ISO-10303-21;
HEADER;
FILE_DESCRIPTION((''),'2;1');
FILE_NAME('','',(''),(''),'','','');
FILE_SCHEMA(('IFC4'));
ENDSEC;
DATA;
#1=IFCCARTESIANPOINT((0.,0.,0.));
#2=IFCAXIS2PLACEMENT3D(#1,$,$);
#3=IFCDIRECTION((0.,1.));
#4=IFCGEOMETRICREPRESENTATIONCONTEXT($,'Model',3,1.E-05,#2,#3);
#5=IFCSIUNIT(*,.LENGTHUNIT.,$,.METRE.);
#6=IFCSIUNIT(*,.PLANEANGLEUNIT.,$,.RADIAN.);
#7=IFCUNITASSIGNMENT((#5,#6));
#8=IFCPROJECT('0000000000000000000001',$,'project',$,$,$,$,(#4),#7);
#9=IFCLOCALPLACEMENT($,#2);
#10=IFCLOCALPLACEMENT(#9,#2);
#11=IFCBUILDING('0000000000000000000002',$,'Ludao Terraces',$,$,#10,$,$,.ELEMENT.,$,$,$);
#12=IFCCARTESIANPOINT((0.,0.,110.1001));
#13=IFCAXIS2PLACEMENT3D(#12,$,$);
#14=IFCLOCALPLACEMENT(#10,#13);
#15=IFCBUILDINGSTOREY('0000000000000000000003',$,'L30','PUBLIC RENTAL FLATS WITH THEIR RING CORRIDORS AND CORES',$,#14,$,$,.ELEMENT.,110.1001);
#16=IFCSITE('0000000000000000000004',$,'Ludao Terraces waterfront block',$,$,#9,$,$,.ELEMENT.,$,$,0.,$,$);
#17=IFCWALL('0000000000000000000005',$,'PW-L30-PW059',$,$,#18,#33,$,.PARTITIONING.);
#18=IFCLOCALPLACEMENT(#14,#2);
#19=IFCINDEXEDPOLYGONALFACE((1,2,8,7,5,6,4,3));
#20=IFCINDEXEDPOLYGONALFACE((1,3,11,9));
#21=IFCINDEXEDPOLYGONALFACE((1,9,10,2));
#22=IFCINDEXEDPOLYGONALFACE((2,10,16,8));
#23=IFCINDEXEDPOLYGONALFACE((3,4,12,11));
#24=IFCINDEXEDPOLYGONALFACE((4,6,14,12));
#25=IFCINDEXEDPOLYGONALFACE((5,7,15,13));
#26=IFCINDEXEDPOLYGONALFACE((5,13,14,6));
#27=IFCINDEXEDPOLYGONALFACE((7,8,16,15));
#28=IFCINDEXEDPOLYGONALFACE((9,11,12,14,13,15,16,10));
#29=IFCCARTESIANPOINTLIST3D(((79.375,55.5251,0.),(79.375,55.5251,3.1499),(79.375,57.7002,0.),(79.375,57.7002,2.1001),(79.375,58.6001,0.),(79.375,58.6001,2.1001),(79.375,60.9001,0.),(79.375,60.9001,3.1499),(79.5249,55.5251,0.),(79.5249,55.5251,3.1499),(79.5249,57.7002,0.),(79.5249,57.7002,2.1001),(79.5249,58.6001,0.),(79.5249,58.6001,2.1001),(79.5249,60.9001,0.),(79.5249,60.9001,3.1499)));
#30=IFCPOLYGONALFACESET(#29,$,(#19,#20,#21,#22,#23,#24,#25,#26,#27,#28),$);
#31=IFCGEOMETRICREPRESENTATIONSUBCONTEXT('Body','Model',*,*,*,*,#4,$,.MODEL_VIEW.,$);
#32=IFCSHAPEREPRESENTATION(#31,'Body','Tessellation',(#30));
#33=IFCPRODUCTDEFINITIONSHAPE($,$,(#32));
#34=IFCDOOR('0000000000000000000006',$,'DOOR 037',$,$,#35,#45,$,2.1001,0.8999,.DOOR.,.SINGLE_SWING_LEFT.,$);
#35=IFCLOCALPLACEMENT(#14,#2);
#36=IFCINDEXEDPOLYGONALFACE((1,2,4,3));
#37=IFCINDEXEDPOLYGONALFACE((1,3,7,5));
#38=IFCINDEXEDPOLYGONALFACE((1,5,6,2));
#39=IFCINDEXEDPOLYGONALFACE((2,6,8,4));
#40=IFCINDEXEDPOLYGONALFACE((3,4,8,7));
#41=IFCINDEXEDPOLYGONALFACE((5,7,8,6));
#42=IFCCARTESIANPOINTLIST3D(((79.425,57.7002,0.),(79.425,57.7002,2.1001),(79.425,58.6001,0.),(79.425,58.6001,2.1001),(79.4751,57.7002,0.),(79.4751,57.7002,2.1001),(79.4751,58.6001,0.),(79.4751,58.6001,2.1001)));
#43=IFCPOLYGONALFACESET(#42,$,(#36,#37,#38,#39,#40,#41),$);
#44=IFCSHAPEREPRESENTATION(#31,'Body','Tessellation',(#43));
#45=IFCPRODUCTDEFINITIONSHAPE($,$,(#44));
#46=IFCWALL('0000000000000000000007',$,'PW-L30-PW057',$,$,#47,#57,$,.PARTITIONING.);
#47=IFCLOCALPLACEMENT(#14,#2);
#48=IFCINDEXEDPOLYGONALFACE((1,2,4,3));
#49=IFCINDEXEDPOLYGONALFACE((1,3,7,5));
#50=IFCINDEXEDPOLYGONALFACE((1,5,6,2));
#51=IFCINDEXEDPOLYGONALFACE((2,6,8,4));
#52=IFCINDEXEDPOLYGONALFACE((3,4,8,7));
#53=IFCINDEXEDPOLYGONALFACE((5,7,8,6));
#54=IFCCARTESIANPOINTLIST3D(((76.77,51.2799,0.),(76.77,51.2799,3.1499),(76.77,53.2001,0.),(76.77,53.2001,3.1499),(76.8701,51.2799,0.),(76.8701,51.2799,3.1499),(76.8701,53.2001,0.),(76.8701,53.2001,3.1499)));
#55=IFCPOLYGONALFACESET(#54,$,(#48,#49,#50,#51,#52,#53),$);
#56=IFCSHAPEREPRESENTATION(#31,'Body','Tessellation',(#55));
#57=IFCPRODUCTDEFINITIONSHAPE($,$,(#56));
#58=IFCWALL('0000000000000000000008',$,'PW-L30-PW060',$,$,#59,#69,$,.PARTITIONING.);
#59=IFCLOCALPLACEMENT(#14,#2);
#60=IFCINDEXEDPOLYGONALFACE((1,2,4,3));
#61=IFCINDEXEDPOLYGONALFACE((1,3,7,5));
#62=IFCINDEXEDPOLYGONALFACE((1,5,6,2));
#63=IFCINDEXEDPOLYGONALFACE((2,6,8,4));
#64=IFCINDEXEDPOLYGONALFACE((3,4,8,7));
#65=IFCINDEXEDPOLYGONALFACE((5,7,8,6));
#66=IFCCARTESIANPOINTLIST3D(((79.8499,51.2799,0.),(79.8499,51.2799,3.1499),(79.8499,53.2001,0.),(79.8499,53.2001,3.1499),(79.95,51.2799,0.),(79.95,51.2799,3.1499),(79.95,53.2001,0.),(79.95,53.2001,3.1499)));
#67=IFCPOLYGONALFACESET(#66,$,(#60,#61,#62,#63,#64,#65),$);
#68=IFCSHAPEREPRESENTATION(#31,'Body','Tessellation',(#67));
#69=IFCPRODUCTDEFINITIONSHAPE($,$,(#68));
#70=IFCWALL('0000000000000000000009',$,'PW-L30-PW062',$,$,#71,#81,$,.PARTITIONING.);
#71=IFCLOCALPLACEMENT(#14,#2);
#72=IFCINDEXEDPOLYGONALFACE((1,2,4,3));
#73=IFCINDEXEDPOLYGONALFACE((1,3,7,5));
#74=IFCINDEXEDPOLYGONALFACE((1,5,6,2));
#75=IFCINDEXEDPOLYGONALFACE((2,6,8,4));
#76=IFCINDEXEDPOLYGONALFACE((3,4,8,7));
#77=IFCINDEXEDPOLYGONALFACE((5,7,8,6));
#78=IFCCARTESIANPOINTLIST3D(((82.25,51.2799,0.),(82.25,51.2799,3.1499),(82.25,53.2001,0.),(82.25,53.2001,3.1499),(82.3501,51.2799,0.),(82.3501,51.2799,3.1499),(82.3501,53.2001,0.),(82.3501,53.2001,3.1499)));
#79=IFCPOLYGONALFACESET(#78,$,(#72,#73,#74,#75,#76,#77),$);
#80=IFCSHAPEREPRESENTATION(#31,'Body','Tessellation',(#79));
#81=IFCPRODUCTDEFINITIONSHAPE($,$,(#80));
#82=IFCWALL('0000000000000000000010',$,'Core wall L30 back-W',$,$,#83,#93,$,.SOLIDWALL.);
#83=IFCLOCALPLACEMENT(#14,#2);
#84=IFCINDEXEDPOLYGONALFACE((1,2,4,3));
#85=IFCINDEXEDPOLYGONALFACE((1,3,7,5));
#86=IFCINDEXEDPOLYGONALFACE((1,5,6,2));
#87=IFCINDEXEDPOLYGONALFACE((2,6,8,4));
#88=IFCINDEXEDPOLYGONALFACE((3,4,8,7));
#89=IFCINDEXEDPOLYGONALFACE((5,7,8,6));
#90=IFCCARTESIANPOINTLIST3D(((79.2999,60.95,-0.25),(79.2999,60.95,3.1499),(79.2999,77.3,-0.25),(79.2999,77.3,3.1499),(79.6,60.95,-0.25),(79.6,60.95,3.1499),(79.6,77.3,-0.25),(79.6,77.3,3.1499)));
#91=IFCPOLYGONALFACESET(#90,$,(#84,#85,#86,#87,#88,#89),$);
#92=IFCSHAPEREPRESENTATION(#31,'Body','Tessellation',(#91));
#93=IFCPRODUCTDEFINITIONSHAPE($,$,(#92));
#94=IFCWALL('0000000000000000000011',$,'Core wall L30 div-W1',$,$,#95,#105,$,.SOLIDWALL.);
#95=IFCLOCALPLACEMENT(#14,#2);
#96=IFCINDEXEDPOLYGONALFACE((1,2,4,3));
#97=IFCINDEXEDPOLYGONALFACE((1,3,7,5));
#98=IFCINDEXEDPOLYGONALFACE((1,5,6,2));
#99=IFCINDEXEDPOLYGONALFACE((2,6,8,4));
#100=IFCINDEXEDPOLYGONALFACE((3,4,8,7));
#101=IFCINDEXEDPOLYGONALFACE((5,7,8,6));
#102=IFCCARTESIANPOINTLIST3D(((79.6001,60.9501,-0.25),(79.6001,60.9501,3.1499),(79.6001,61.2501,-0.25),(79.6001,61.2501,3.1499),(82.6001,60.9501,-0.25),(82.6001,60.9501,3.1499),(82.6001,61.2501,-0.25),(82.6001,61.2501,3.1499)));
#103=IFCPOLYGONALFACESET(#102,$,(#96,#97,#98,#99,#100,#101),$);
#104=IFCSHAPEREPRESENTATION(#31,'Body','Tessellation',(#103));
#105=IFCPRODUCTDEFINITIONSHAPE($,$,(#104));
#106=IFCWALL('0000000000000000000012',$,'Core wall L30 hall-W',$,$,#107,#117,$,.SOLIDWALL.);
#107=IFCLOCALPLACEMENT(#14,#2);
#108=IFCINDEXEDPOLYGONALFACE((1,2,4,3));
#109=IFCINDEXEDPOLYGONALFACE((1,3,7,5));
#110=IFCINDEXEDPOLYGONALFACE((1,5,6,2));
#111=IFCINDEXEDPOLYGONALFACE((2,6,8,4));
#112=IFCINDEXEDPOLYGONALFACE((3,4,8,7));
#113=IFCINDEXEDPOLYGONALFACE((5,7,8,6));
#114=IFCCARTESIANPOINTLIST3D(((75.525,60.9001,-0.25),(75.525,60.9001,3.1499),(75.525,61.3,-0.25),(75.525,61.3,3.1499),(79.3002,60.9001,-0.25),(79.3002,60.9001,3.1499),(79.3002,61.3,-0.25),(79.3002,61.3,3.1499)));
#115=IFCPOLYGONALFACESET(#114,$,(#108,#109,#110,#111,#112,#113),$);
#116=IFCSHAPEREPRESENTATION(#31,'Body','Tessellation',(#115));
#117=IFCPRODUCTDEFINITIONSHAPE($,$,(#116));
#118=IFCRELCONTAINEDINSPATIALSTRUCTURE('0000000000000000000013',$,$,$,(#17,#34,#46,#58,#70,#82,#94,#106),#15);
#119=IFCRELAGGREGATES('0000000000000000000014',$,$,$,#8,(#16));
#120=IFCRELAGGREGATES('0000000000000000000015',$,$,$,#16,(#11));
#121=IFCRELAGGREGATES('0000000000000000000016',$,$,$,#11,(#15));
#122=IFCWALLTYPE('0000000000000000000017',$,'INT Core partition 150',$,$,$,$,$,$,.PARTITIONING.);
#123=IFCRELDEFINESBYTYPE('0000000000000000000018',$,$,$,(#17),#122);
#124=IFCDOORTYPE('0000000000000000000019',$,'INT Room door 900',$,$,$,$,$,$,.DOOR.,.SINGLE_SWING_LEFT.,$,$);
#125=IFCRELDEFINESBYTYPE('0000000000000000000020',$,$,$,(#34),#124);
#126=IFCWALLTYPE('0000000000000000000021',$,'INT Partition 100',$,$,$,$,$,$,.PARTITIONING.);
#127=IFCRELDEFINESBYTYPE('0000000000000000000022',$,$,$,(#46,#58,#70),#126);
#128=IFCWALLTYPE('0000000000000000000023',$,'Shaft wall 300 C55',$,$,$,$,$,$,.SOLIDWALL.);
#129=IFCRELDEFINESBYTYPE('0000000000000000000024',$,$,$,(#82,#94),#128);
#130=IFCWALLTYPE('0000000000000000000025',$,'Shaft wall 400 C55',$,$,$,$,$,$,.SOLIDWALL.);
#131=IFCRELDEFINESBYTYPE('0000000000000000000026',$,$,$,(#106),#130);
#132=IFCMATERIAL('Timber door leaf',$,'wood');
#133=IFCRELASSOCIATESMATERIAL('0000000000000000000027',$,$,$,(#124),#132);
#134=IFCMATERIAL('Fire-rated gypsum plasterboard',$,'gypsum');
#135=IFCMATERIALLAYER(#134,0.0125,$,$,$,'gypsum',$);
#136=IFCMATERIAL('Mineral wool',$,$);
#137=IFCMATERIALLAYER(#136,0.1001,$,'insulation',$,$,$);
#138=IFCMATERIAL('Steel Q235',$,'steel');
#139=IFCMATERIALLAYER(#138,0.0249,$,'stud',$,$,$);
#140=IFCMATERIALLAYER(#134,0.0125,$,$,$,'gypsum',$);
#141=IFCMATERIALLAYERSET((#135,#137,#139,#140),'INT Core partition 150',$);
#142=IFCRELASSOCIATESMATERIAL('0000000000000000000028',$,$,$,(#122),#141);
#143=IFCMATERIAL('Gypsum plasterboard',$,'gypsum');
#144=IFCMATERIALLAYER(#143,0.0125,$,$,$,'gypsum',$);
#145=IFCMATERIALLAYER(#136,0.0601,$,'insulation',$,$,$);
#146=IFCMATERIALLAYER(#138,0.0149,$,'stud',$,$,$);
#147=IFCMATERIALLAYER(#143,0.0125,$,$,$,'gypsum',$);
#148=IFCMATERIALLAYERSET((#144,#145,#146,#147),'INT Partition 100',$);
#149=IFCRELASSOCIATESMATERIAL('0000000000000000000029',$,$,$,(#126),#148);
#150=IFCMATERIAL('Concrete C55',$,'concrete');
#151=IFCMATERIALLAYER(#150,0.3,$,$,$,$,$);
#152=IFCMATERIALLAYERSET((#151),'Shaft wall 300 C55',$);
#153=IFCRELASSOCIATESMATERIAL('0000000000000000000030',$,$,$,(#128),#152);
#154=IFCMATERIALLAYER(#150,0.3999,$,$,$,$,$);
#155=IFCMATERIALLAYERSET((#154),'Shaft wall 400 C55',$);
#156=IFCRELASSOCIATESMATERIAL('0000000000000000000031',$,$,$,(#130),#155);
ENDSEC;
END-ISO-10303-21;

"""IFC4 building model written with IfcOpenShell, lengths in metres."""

from ifc_helpers import new_model, si_unit, direction, frame, frame_2d, origin, place, context, subcontext, project, spatial, rectangle, extrude, material, layer, layer_set, type_object, element, fill, save


model = new_model("IFC4")

# Units and contexts
model_context = context("Model", 3, precision=1e-05, world=origin(), true_north=direction((0.0, 1.0)))
body_context = subcontext(model_context, "Body", "Model", "MODEL_VIEW")
ifc_project = project(units=[si_unit("LENGTHUNIT", "METRE"), si_unit("PLANEANGLEUNIT", "RADIAN")], contexts=[model_context])

# Site, building, storey
site_placement = place(None, origin())
site = spatial("IfcSite", under=ifc_project, at=site_placement, Name="Ludao Terraces waterfront block", CompositionType="ELEMENT", RefElevation=0.0)
building_placement = place(site_placement, origin())
building = spatial("IfcBuilding", under=site, at=building_placement, Name="Ludao Terraces", CompositionType="ELEMENT")
storey_placement = place(building_placement, frame((0.0, 0.0, 110.1001)))
storey = spatial("IfcBuildingStorey", under=building, at=storey_placement, Name="L30", Description="PUBLIC RENTAL FLATS WITH THEIR RING CORRIDORS AND CORES", CompositionType="ELEMENT", Elevation=110.1001)

# Shared definitions
ifc_material_1 = material(Name="Steel Q235", Category="steel")
ifc_material_2 = material(Name="Timber door leaf", Category="wood")
door_type_1 = type_object("IfcDoorType", Name="INT Room door 900", OperationType="SINGLE_SWING_LEFT", PredefinedType="DOOR", material=ifc_material_2)

# Wall, opening, door
ifc_material_3 = material(Name="Fire-rated gypsum plasterboard", Category="gypsum")
ifc_layer_1 = layer(ifc_material_3, 0.0125, Category="gypsum")
ifc_material_4 = material(Name="Mineral wool")
ifc_layer_2 = layer(ifc_material_4, 0.1001, Name="insulation")
ifc_layer_3 = layer(ifc_material_1, 0.0249, Name="stud")
ifc_layer_4 = layer(ifc_material_3, 0.0125, Category="gypsum")
ifc_layer_set_1 = layer_set([ifc_layer_1, ifc_layer_2, ifc_layer_3, ifc_layer_4], Name="INT Core partition 150")
wall_type_1 = type_object("IfcWallType", Name="INT Core partition 150", PredefinedType="PARTITIONING", material=ifc_layer_set_1)
wall_1_placement = place(storey_placement, frame((79.45, 55.5251, 0.0), z_axis=(0.0, 0.0, 1.0), x_axis=(0.0, 1.0, 0.0)))
wall_1 = element("IfcWall", 1, at=wall_1_placement, inside=storey, type_object=wall_type_1, Name="PW-L30-PW059", PredefinedType="PARTITIONING", context=body_context, shape_type="SweptSolid", body=[
    extrude(rectangle(XDim=5.375, YDim=0.1499, at=frame_2d((2.6875, 0.0))), origin(), (0.0, 0.0, 1.0), 3.1499),
])
opening_1_placement = place(wall_1_placement, frame((2.175, 0.0, 0.0)))
opening_1 = element("IfcOpeningElement", 2, at=opening_1_placement, cuts=wall_1, PredefinedType="OPENING", context=body_context, shape_type="SweptSolid", body=[
    extrude(rectangle(XDim=0.8999, YDim=2.1001, at=frame_2d((0.45, 1.05))), frame((0.0, 0.085, 0.0), z_axis=(0.0, -1.0, 0.0), x_axis=(1.0, 0.0, 0.0)), (0.0, 0.0, 1.0), 0.1699),
])
door_1_placement = place(opening_1_placement, origin())
door_1 = element("IfcDoor", 3, at=door_1_placement, inside=storey, type_object=door_type_1, Name="DOOR 037", OperationType="SINGLE_SWING_LEFT", OverallHeight=2.1001, OverallWidth=0.8999, PredefinedType="DOOR", context=body_context, shape_type="SweptSolid", body=[
    extrude(rectangle(XDim=0.8999, YDim=2.1001, at=frame_2d((0.45, 1.05))), frame((0.0, 0.0249, 0.0), z_axis=(0.0, -1.0, 0.0), x_axis=(1.0, 0.0, 0.0)), (0.0, 0.0, 1.0), 0.05),
])
fill(opening_1, door_1)

# Walls
ifc_material_5 = material(Name="Gypsum plasterboard", Category="gypsum")
ifc_layer_5 = layer(ifc_material_5, 0.0125, Category="gypsum")
ifc_layer_6 = layer(ifc_material_4, 0.0601, Name="insulation")
ifc_layer_7 = layer(ifc_material_1, 0.0149, Name="stud")
ifc_layer_8 = layer(ifc_material_5, 0.0125, Category="gypsum")
ifc_layer_set_2 = layer_set([ifc_layer_5, ifc_layer_6, ifc_layer_7, ifc_layer_8], Name="INT Partition 100")
wall_type_2 = type_object("IfcWallType", Name="INT Partition 100", PredefinedType="PARTITIONING", material=ifc_layer_set_2)
for number, where, z_axis, x_axis, name in (
    (4, (76.8201, 51.28, 0.0), (0.0, 0.0, 1.0), (0.0, 1.0, 0.0), "PW-L30-PW057"),
    (5, (79.8999, 51.28, 0.0), (0.0, 0.0, 1.0), (0.0, 1.0, 0.0), "PW-L30-PW060"),
    (6, (82.3, 51.28, 0.0), (0.0, 0.0, 1.0), (0.0, 1.0, 0.0), "PW-L30-PW062"),
):
    element("IfcWall", number, at=place(storey_placement, frame(where, z_axis=z_axis, x_axis=x_axis)), inside=storey, type_object=wall_type_2, Name=name, PredefinedType="PARTITIONING", context=body_context, shape_type="SweptSolid", body=[
        extrude(rectangle(XDim=1.9202, YDim=0.1001, at=frame_2d((0.96, 0.0))), origin(), (0.0, 0.0, 1.0), 3.1499),
    ])
ifc_material_6 = material(Name="Concrete C55", Category="concrete")
ifc_layer_9 = layer(ifc_material_6, 0.3)
ifc_layer_set_3 = layer_set([ifc_layer_9], Name="Shaft wall 300 C55")
wall_type_3 = type_object("IfcWallType", Name="Shaft wall 300 C55", PredefinedType="SOLIDWALL", material=ifc_layer_set_3)
wall_2_placement = place(storey_placement, frame((79.45, 60.95, -0.25), z_axis=(0.0, 0.0, 1.0), x_axis=(0.0, 1.0, 0.0)))
element("IfcWall", 7, at=wall_2_placement, inside=storey, type_object=wall_type_3, Name="Core wall L30 back-W", PredefinedType="SOLIDWALL", context=body_context, shape_type="SweptSolid", body=[
    extrude(rectangle(XDim=16.3501, YDim=0.3, at=frame_2d((8.175, 0.0))), origin(), (0.0, 0.0, 1.0), 3.3999),
])
wall_3_placement = place(storey_placement, frame((79.6001, 61.1001, -0.25), z_axis=(0.0, 0.0, 1.0), x_axis=(1.0, 0.0, 0.0)))
element("IfcWall", 8, at=wall_3_placement, inside=storey, type_object=wall_type_3, Name="Core wall L30 div-W1", PredefinedType="SOLIDWALL", context=body_context, shape_type="SweptSolid", body=[
    extrude(rectangle(XDim=3.0, YDim=0.3, at=frame_2d((1.5, 0.0))), origin(), (0.0, 0.0, 1.0), 3.3999),
])
ifc_layer_10 = layer(ifc_material_6, 0.3999)
ifc_layer_set_4 = layer_set([ifc_layer_10], Name="Shaft wall 400 C55")
wall_type_4 = type_object("IfcWallType", Name="Shaft wall 400 C55", PredefinedType="SOLIDWALL", material=ifc_layer_set_4)
wall_4_placement = place(storey_placement, frame((75.5249, 61.1001, -0.25), z_axis=(0.0, 0.0, 1.0), x_axis=(1.0, 0.0, 0.0)))
element("IfcWall", 9, at=wall_4_placement, inside=storey, type_object=wall_type_4, Name="Core wall L30 hall-W", PredefinedType="SOLIDWALL", context=body_context, shape_type="SweptSolid", body=[
    extrude(rectangle(XDim=3.7751, YDim=0.3999, at=frame_2d((1.8877, 0.0))), origin(), (0.0, 0.0, 1.0), 3.3999),
])

save(model, "model.ifc")
